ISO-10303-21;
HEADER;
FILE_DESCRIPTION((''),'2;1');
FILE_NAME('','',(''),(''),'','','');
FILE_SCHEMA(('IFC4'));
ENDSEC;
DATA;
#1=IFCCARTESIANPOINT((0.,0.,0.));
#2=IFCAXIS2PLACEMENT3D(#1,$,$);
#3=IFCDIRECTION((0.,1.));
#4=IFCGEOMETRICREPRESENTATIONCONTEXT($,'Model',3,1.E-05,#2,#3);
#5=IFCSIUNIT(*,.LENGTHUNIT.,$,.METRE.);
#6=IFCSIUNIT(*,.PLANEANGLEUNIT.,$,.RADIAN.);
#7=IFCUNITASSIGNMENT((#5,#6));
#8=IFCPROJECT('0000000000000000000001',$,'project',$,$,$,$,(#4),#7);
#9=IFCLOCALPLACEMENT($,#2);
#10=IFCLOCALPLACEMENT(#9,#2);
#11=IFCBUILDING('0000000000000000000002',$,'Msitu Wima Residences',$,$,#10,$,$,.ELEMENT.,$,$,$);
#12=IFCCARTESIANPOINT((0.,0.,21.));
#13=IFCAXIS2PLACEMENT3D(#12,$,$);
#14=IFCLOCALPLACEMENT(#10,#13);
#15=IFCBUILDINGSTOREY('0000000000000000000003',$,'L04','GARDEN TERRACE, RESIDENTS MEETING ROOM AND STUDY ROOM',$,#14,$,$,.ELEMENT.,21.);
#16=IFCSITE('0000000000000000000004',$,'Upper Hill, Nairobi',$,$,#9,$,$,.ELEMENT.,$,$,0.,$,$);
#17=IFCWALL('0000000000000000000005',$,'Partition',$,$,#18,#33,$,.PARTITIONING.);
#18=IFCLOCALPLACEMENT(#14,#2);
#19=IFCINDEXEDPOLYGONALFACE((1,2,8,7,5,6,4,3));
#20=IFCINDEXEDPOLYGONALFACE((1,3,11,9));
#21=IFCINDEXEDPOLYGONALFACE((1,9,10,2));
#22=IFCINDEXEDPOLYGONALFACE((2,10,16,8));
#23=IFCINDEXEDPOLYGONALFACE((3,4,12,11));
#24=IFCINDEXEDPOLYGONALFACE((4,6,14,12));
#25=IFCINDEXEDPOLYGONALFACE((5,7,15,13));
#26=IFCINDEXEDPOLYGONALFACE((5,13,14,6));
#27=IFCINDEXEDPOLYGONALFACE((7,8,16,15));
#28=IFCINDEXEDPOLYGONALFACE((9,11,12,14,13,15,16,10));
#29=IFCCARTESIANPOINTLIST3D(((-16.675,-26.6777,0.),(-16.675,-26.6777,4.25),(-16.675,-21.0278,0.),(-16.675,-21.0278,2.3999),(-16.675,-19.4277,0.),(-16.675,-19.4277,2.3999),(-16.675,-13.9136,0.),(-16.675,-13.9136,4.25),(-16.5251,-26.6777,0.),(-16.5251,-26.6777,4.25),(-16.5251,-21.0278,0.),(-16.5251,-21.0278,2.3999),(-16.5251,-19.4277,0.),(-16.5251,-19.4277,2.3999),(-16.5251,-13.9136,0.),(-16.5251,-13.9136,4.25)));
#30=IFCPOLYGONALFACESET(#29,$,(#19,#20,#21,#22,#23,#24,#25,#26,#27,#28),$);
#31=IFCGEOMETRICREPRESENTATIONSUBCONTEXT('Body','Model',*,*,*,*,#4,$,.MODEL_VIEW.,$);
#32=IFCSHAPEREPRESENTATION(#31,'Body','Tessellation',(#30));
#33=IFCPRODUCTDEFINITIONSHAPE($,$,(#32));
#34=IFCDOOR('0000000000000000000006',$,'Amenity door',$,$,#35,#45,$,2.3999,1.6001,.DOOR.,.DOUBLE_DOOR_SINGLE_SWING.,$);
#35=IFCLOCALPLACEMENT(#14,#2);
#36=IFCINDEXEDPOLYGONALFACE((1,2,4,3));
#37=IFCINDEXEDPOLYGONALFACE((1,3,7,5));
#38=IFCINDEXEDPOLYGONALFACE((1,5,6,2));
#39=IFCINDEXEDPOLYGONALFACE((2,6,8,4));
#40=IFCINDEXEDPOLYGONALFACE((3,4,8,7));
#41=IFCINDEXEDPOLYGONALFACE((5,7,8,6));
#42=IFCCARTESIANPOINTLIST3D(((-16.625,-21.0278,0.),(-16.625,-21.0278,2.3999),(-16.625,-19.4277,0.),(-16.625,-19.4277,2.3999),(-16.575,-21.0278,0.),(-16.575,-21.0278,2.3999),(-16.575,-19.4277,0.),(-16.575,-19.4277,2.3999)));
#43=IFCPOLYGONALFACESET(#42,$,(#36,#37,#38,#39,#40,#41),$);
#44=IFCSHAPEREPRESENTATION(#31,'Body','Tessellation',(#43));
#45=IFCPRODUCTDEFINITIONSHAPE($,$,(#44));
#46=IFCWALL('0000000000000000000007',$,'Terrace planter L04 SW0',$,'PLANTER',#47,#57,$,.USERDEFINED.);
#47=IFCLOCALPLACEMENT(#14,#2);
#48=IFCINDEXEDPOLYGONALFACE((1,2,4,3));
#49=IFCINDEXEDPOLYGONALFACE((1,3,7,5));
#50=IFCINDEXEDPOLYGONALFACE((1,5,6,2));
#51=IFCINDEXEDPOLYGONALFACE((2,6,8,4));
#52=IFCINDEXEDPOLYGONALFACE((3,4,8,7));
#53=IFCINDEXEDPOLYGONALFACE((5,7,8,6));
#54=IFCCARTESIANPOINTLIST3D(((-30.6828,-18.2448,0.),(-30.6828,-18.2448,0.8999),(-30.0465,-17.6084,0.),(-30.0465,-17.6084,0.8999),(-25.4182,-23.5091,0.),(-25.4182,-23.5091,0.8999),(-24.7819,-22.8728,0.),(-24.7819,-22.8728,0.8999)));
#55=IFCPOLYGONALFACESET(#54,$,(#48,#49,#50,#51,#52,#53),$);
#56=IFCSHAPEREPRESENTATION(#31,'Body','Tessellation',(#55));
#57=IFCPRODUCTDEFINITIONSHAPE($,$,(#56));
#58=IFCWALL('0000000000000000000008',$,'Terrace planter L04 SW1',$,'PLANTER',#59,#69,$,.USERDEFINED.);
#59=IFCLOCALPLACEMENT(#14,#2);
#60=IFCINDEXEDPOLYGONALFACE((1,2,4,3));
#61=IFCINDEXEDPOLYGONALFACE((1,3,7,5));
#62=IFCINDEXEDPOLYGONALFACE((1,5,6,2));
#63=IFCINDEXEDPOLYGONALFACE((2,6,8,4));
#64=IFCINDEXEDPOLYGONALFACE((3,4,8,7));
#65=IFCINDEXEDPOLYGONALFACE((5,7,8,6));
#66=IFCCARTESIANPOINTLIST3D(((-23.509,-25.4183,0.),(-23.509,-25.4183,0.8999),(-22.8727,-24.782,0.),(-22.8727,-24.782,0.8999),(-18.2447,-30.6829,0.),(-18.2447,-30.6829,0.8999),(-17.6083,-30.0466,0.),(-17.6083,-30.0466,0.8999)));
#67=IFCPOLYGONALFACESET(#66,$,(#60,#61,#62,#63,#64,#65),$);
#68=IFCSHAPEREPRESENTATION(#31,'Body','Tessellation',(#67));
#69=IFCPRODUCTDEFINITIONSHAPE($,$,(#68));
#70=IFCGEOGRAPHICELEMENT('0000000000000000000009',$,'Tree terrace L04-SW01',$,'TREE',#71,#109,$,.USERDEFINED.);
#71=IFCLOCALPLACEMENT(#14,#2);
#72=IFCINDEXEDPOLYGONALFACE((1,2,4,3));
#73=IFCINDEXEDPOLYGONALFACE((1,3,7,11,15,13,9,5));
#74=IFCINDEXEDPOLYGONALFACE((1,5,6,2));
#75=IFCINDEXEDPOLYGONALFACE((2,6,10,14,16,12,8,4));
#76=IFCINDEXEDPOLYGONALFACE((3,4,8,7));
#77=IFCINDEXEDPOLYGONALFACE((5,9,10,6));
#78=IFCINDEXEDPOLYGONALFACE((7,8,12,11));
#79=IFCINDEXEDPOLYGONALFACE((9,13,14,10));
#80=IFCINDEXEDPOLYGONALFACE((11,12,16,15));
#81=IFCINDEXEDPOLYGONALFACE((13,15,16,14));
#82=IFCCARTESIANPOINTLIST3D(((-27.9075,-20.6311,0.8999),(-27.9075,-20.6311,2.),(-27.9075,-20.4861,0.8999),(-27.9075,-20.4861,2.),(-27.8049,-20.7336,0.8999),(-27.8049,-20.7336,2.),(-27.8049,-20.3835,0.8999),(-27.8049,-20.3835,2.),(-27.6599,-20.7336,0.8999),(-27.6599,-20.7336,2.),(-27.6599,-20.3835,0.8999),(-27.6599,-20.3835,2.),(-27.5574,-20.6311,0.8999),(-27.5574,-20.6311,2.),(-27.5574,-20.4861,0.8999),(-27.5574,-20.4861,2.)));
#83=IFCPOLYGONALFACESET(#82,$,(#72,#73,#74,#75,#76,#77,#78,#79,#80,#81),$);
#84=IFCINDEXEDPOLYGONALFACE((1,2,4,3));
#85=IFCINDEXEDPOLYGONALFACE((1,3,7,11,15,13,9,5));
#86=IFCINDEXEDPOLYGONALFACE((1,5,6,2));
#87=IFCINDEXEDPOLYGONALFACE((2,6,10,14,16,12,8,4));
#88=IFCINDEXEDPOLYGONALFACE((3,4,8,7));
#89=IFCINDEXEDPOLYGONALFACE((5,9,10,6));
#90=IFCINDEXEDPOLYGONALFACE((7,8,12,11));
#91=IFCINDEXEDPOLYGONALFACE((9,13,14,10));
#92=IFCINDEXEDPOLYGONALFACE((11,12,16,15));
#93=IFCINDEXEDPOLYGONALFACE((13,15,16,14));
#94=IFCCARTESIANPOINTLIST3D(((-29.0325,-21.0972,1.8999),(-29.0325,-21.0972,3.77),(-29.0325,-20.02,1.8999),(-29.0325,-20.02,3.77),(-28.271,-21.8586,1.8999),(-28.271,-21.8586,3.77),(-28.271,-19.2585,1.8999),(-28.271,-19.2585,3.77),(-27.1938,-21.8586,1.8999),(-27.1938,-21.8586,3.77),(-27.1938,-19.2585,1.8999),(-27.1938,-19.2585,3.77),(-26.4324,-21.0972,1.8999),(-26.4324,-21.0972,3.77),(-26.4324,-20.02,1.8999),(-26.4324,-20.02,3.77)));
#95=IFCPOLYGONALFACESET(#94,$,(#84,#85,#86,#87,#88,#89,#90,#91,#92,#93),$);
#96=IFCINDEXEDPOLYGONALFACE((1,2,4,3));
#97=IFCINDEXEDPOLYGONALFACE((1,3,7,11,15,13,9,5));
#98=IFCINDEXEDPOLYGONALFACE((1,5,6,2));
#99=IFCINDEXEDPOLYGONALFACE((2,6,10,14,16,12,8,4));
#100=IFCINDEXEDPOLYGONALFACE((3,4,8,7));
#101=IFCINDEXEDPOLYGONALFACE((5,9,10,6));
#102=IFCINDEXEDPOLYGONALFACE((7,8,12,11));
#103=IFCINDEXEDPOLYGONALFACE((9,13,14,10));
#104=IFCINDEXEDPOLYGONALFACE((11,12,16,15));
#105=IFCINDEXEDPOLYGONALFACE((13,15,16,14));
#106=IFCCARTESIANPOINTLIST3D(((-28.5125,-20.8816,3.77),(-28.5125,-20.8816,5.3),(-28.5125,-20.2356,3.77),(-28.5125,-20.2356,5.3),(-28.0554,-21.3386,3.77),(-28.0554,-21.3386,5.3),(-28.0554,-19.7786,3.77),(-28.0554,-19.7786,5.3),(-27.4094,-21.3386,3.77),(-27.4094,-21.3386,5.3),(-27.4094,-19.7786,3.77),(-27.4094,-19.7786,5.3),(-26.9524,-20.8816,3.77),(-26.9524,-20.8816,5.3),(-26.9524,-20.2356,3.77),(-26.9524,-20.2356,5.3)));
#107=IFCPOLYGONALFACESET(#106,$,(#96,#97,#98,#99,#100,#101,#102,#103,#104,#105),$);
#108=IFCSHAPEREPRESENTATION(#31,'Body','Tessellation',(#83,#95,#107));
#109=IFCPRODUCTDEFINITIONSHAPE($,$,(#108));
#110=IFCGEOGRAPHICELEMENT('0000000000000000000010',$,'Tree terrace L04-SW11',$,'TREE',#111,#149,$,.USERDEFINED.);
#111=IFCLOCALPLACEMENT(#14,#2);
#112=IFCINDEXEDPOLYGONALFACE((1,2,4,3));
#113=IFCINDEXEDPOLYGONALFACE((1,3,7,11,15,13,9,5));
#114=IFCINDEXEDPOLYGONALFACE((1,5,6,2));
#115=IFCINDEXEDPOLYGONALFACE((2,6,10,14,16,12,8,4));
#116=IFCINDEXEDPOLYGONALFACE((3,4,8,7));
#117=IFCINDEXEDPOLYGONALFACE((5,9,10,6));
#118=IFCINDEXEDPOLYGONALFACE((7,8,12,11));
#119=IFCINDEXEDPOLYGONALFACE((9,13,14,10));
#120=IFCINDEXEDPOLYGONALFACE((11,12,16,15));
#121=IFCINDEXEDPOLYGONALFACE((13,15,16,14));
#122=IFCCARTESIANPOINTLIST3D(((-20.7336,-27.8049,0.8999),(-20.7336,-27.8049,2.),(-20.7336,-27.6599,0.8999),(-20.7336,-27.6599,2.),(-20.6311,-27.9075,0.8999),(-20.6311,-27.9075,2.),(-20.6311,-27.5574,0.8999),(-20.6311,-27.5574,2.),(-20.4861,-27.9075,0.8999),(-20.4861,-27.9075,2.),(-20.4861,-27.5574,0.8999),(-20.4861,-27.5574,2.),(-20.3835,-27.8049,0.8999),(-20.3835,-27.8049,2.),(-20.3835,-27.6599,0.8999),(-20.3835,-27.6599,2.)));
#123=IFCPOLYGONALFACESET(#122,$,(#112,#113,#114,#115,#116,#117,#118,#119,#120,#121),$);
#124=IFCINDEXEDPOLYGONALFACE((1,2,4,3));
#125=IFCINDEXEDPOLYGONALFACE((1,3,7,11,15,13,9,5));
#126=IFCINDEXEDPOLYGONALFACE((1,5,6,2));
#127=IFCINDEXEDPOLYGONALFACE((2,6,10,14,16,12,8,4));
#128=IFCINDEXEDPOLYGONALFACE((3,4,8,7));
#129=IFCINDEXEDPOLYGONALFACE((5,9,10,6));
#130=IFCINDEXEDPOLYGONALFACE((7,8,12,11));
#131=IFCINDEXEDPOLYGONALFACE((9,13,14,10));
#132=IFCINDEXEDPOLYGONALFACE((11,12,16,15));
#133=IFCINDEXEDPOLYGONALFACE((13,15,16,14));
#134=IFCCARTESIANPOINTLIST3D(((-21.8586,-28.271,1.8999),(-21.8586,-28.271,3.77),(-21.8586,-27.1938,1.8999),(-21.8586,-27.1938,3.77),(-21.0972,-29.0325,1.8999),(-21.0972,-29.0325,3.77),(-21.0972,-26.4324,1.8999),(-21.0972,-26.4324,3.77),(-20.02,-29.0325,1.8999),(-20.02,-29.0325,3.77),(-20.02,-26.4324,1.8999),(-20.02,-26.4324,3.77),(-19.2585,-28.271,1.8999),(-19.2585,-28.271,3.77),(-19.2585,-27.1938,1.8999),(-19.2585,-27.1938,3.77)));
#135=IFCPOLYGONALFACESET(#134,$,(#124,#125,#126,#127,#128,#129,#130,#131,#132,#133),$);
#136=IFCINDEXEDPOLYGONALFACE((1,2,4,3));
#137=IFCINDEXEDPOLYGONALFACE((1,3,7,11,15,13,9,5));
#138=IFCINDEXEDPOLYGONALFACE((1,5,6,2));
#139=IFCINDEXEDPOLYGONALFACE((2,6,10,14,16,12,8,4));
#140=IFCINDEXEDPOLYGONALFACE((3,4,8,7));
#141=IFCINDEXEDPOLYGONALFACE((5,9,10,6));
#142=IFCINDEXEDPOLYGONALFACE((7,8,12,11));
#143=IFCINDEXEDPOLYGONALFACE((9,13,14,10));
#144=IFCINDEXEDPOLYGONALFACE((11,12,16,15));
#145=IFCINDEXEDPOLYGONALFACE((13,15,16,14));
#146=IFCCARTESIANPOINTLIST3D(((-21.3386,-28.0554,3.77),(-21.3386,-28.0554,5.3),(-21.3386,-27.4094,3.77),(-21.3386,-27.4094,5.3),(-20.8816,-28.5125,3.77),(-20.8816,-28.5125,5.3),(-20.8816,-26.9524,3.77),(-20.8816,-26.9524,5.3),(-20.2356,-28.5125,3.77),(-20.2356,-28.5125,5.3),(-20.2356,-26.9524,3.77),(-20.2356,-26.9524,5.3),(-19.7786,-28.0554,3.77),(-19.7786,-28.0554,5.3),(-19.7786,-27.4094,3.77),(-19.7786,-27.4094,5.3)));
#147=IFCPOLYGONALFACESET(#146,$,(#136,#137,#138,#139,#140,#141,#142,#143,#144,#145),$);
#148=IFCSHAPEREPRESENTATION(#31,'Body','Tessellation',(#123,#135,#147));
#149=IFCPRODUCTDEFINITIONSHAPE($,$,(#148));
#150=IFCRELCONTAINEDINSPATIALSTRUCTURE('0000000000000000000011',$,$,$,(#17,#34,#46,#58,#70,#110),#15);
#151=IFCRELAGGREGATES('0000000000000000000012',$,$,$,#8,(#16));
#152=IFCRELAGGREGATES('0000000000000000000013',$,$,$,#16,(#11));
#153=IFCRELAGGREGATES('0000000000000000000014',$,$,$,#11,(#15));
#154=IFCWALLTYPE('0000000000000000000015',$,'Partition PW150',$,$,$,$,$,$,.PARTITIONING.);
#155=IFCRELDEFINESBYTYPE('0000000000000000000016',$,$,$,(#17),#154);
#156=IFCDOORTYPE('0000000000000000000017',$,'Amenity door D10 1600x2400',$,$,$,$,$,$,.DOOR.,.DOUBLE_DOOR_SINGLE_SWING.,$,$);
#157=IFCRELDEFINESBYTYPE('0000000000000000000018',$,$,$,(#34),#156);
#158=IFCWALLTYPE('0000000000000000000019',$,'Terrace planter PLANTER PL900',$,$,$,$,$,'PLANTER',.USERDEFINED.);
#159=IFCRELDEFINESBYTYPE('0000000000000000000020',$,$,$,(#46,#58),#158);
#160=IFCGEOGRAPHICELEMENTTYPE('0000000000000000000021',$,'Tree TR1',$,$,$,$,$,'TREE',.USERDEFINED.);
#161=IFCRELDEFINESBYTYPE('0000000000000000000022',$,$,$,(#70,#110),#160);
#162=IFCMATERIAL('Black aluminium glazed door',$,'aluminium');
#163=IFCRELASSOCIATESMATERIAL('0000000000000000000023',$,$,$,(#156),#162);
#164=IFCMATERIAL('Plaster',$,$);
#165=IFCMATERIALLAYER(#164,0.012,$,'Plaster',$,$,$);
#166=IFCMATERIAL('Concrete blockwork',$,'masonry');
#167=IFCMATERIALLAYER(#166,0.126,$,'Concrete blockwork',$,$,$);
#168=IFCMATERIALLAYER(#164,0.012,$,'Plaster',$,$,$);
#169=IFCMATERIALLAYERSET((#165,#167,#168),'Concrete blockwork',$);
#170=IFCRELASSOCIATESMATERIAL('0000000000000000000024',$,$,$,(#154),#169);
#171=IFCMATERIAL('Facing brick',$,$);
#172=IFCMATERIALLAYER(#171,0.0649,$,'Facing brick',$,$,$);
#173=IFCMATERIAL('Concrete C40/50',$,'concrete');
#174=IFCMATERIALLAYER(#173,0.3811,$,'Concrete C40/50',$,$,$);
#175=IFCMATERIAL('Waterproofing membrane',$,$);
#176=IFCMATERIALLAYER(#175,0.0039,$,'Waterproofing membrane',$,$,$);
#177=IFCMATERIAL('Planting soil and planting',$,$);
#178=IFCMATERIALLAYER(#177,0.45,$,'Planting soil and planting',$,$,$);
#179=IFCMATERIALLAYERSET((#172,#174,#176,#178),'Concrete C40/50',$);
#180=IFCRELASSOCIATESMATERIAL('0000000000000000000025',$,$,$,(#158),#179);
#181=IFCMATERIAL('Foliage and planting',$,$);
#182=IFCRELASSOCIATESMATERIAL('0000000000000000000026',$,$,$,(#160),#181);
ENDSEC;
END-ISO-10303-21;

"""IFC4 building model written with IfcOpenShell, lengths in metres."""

from ifc_helpers import new_model, si_unit, direction, frame, frame_2d, origin, place, context, subcontext, project, spatial, polyline, rectangle, outline, extrude, material, layer, layer_set, type_object, element, fill, save


model = new_model("IFC4")

# Units and contexts
model_context = context("Model", 3, precision=1e-05, world=origin(), true_north=direction((0.0, 1.0)))
body_context = subcontext(model_context, "Body", "Model", "MODEL_VIEW")
ifc_project = project(units=[si_unit("LENGTHUNIT", "METRE"), si_unit("PLANEANGLEUNIT", "RADIAN")], contexts=[model_context])

# Site, building, storey
site_placement = place(None, origin())
site = spatial("IfcSite", under=ifc_project, at=site_placement, Name="Upper Hill, Nairobi", CompositionType="ELEMENT", RefElevation=0.0)
building_placement = place(site_placement, origin())
building = spatial("IfcBuilding", under=site, at=building_placement, Name="Msitu Wima Residences", CompositionType="ELEMENT")
storey_placement = place(building_placement, frame((0.0, 0.0, 21.0)))
storey = spatial("IfcBuildingStorey", under=building, at=storey_placement, Name="L04", Description="GARDEN TERRACE, RESIDENTS MEETING ROOM AND STUDY ROOM", CompositionType="ELEMENT", Elevation=21.0)

# Shared definitions
ifc_material_1 = material(Name="Plaster")
ifc_material_2 = material(Name="Concrete blockwork", Category="masonry")

# Wall, opening, door
ifc_material_3 = material(Name="Black aluminium glazed door", Category="aluminium")
door_type_1 = type_object("IfcDoorType", Name="Amenity door D10 1600x2400", OperationType="DOUBLE_DOOR_SINGLE_SWING", PredefinedType="DOOR", material=ifc_material_3)
ifc_layer_1 = layer(ifc_material_1, 0.012, Name="Plaster")
ifc_layer_2 = layer(ifc_material_2, 0.126, Name="Concrete blockwork")
ifc_layer_3 = layer(ifc_material_1, 0.012, Name="Plaster")
ifc_layer_set_1 = layer_set([ifc_layer_1, ifc_layer_2, ifc_layer_3], Name="Concrete blockwork")
wall_type_1 = type_object("IfcWallType", Name="Partition PW150", PredefinedType="PARTITIONING", material=ifc_layer_set_1)
wall_1_placement = place(storey_placement, frame((-16.6001, -26.6777, 0.0), z_axis=(0.0, 0.0, 1.0), x_axis=(0.0, 1.0, 0.0)))
wall_1 = element("IfcWall", 1, at=wall_1_placement, inside=storey, type_object=wall_type_1, Name="Partition", PredefinedType="PARTITIONING", context=body_context, shape_type="SweptSolid", body=[
    extrude(rectangle(XDim=12.7642, YDim=0.1499, at=frame_2d((6.3821, 0.0))), origin(), (0.0, 0.0, 1.0), 4.25),
])
opening_1_placement = place(wall_1_placement, frame((5.6499, 0.0, 0.0)))
opening_1 = element("IfcOpeningElement", 2, at=opening_1_placement, cuts=wall_1, PredefinedType="OPENING", context=body_context, shape_type="SweptSolid", body=[
    extrude(rectangle(XDim=1.6001, YDim=2.3999, at=frame_2d((0.8, 1.2))), frame((0.0, 0.085, 0.0), z_axis=(0.0, -1.0, 0.0), x_axis=(1.0, 0.0, 0.0)), (0.0, 0.0, 1.0), 0.1699),
])
door_1_placement = place(opening_1_placement, origin())
door_1 = element("IfcDoor", 3, at=door_1_placement, inside=storey, type_object=door_type_1, Name="Amenity door", OperationType="DOUBLE_DOOR_SINGLE_SWING", OverallHeight=2.3999, OverallWidth=1.6001, PredefinedType="DOOR", context=body_context, shape_type="SweptSolid", body=[
    extrude(rectangle(XDim=1.6001, YDim=2.3999, at=frame_2d((0.8, 1.2))), frame((0.0, 0.0249, 0.0), z_axis=(0.0, -1.0, 0.0), x_axis=(1.0, 0.0, 0.0)), (0.0, 0.0, 1.0), 0.05),
])
fill(opening_1, door_1)

# Walls
ifc_material_4 = material(Name="Facing brick")
ifc_layer_4 = layer(ifc_material_4, 0.0649, Name="Facing brick")
ifc_material_5 = material(Name="Concrete C40/50", Category="concrete")
ifc_layer_5 = layer(ifc_material_5, 0.3811, Name="Concrete C40/50")
ifc_material_6 = material(Name="Waterproofing membrane")
ifc_layer_6 = layer(ifc_material_6, 0.0039, Name="Waterproofing membrane")
ifc_material_7 = material(Name="Planting soil and planting")
ifc_layer_7 = layer(ifc_material_7, 0.45, Name="Planting soil and planting")
ifc_layer_set_2 = layer_set([ifc_layer_4, ifc_layer_5, ifc_layer_6, ifc_layer_7], Name="Concrete C40/50")
wall_type_2 = type_object("IfcWallType", Name="Terrace planter PLANTER PL900", ElementType="PLANTER", PredefinedType="USERDEFINED", material=ifc_layer_set_2)
for number, where, z_axis, x_axis, name in (
    (4, (-30.3647, -17.9265, 0.0), (0.0, 0.0, 1.0), (0.707123, -0.70709, 0.0), "Terrace planter L04 SW0"),
    (5, (-23.1909, -25.1001, 0.0), (0.0, 0.0, 1.0), (0.70709, -0.707123, 0.0), "Terrace planter L04 SW1"),
):
    element("IfcWall", number, at=place(storey_placement, frame(where, z_axis=z_axis, x_axis=x_axis)), inside=storey, type_object=wall_type_2, Name=name, ObjectType="PLANTER", PredefinedType="USERDEFINED", context=body_context, shape_type="SweptSolid", body=[
        extrude(rectangle(XDim=7.4451, YDim=0.8999, at=frame_2d((3.7227, 0.0))), origin(), (0.0, 0.0, 1.0), 0.8999),
    ])

# Geographic elements
ifc_material_8 = material(Name="Foliage and planting")
geographic_element_type = type_object("IfcGeographicElementType", Name="Tree TR1", ElementType="TREE", PredefinedType="USERDEFINED", material=ifc_material_8)
for number, where, z_axis, x_axis, name in (
    (6, (-27.7324, -20.5586, 0.8999), (0.0, 0.0, 1.0), (1.0, 0.0, 0.0), "Tree terrace L04-SW01"),
    (7, (-20.5586, -27.7324, 0.8999), (0.0, 0.0, 1.0), (1.0, 0.0, 0.0), "Tree terrace L04-SW11"),
):
    element("IfcGeographicElement", number, at=place(storey_placement, frame(where, z_axis=z_axis, x_axis=x_axis)), inside=storey, type_object=geographic_element_type, Name=name, ObjectType="TREE", PredefinedType="USERDEFINED", context=body_context, shape_type="SweptSolid", body=[
        extrude(outline(polyline([(0.175, 0.0725), (0.0725, 0.175), (-0.0725, 0.175), (-0.175, 0.0725), (-0.175, -0.0725), (-0.0725, -0.175), (0.0725, -0.175), (0.175, -0.0725), (0.175, 0.0725)])), origin(), (0.0, 0.0, 1.0), 1.1001),
        extrude(outline(polyline([(1.3, 0.5386), (0.5386, 1.3), (-0.5386, 1.3), (-1.3, 0.5386), (-1.3, -0.5386), (-0.5386, -1.3), (0.5386, -1.3), (1.3, -0.5386), (1.3, 0.5386)])), frame((0.0, 0.0, 1.0)), (0.0, 0.0, 1.0), 1.8701),
        extrude(outline(polyline([(0.78, 0.323), (0.323, 0.78), (-0.323, 0.78), (-0.78, 0.323), (-0.78, -0.323), (-0.323, -0.78), (0.323, -0.78), (0.78, -0.323), (0.78, 0.323)])), frame((0.0, 0.0, 2.8701)), (0.0, 0.0, 1.0), 1.53),
    ])

save(model, "model.ifc")
